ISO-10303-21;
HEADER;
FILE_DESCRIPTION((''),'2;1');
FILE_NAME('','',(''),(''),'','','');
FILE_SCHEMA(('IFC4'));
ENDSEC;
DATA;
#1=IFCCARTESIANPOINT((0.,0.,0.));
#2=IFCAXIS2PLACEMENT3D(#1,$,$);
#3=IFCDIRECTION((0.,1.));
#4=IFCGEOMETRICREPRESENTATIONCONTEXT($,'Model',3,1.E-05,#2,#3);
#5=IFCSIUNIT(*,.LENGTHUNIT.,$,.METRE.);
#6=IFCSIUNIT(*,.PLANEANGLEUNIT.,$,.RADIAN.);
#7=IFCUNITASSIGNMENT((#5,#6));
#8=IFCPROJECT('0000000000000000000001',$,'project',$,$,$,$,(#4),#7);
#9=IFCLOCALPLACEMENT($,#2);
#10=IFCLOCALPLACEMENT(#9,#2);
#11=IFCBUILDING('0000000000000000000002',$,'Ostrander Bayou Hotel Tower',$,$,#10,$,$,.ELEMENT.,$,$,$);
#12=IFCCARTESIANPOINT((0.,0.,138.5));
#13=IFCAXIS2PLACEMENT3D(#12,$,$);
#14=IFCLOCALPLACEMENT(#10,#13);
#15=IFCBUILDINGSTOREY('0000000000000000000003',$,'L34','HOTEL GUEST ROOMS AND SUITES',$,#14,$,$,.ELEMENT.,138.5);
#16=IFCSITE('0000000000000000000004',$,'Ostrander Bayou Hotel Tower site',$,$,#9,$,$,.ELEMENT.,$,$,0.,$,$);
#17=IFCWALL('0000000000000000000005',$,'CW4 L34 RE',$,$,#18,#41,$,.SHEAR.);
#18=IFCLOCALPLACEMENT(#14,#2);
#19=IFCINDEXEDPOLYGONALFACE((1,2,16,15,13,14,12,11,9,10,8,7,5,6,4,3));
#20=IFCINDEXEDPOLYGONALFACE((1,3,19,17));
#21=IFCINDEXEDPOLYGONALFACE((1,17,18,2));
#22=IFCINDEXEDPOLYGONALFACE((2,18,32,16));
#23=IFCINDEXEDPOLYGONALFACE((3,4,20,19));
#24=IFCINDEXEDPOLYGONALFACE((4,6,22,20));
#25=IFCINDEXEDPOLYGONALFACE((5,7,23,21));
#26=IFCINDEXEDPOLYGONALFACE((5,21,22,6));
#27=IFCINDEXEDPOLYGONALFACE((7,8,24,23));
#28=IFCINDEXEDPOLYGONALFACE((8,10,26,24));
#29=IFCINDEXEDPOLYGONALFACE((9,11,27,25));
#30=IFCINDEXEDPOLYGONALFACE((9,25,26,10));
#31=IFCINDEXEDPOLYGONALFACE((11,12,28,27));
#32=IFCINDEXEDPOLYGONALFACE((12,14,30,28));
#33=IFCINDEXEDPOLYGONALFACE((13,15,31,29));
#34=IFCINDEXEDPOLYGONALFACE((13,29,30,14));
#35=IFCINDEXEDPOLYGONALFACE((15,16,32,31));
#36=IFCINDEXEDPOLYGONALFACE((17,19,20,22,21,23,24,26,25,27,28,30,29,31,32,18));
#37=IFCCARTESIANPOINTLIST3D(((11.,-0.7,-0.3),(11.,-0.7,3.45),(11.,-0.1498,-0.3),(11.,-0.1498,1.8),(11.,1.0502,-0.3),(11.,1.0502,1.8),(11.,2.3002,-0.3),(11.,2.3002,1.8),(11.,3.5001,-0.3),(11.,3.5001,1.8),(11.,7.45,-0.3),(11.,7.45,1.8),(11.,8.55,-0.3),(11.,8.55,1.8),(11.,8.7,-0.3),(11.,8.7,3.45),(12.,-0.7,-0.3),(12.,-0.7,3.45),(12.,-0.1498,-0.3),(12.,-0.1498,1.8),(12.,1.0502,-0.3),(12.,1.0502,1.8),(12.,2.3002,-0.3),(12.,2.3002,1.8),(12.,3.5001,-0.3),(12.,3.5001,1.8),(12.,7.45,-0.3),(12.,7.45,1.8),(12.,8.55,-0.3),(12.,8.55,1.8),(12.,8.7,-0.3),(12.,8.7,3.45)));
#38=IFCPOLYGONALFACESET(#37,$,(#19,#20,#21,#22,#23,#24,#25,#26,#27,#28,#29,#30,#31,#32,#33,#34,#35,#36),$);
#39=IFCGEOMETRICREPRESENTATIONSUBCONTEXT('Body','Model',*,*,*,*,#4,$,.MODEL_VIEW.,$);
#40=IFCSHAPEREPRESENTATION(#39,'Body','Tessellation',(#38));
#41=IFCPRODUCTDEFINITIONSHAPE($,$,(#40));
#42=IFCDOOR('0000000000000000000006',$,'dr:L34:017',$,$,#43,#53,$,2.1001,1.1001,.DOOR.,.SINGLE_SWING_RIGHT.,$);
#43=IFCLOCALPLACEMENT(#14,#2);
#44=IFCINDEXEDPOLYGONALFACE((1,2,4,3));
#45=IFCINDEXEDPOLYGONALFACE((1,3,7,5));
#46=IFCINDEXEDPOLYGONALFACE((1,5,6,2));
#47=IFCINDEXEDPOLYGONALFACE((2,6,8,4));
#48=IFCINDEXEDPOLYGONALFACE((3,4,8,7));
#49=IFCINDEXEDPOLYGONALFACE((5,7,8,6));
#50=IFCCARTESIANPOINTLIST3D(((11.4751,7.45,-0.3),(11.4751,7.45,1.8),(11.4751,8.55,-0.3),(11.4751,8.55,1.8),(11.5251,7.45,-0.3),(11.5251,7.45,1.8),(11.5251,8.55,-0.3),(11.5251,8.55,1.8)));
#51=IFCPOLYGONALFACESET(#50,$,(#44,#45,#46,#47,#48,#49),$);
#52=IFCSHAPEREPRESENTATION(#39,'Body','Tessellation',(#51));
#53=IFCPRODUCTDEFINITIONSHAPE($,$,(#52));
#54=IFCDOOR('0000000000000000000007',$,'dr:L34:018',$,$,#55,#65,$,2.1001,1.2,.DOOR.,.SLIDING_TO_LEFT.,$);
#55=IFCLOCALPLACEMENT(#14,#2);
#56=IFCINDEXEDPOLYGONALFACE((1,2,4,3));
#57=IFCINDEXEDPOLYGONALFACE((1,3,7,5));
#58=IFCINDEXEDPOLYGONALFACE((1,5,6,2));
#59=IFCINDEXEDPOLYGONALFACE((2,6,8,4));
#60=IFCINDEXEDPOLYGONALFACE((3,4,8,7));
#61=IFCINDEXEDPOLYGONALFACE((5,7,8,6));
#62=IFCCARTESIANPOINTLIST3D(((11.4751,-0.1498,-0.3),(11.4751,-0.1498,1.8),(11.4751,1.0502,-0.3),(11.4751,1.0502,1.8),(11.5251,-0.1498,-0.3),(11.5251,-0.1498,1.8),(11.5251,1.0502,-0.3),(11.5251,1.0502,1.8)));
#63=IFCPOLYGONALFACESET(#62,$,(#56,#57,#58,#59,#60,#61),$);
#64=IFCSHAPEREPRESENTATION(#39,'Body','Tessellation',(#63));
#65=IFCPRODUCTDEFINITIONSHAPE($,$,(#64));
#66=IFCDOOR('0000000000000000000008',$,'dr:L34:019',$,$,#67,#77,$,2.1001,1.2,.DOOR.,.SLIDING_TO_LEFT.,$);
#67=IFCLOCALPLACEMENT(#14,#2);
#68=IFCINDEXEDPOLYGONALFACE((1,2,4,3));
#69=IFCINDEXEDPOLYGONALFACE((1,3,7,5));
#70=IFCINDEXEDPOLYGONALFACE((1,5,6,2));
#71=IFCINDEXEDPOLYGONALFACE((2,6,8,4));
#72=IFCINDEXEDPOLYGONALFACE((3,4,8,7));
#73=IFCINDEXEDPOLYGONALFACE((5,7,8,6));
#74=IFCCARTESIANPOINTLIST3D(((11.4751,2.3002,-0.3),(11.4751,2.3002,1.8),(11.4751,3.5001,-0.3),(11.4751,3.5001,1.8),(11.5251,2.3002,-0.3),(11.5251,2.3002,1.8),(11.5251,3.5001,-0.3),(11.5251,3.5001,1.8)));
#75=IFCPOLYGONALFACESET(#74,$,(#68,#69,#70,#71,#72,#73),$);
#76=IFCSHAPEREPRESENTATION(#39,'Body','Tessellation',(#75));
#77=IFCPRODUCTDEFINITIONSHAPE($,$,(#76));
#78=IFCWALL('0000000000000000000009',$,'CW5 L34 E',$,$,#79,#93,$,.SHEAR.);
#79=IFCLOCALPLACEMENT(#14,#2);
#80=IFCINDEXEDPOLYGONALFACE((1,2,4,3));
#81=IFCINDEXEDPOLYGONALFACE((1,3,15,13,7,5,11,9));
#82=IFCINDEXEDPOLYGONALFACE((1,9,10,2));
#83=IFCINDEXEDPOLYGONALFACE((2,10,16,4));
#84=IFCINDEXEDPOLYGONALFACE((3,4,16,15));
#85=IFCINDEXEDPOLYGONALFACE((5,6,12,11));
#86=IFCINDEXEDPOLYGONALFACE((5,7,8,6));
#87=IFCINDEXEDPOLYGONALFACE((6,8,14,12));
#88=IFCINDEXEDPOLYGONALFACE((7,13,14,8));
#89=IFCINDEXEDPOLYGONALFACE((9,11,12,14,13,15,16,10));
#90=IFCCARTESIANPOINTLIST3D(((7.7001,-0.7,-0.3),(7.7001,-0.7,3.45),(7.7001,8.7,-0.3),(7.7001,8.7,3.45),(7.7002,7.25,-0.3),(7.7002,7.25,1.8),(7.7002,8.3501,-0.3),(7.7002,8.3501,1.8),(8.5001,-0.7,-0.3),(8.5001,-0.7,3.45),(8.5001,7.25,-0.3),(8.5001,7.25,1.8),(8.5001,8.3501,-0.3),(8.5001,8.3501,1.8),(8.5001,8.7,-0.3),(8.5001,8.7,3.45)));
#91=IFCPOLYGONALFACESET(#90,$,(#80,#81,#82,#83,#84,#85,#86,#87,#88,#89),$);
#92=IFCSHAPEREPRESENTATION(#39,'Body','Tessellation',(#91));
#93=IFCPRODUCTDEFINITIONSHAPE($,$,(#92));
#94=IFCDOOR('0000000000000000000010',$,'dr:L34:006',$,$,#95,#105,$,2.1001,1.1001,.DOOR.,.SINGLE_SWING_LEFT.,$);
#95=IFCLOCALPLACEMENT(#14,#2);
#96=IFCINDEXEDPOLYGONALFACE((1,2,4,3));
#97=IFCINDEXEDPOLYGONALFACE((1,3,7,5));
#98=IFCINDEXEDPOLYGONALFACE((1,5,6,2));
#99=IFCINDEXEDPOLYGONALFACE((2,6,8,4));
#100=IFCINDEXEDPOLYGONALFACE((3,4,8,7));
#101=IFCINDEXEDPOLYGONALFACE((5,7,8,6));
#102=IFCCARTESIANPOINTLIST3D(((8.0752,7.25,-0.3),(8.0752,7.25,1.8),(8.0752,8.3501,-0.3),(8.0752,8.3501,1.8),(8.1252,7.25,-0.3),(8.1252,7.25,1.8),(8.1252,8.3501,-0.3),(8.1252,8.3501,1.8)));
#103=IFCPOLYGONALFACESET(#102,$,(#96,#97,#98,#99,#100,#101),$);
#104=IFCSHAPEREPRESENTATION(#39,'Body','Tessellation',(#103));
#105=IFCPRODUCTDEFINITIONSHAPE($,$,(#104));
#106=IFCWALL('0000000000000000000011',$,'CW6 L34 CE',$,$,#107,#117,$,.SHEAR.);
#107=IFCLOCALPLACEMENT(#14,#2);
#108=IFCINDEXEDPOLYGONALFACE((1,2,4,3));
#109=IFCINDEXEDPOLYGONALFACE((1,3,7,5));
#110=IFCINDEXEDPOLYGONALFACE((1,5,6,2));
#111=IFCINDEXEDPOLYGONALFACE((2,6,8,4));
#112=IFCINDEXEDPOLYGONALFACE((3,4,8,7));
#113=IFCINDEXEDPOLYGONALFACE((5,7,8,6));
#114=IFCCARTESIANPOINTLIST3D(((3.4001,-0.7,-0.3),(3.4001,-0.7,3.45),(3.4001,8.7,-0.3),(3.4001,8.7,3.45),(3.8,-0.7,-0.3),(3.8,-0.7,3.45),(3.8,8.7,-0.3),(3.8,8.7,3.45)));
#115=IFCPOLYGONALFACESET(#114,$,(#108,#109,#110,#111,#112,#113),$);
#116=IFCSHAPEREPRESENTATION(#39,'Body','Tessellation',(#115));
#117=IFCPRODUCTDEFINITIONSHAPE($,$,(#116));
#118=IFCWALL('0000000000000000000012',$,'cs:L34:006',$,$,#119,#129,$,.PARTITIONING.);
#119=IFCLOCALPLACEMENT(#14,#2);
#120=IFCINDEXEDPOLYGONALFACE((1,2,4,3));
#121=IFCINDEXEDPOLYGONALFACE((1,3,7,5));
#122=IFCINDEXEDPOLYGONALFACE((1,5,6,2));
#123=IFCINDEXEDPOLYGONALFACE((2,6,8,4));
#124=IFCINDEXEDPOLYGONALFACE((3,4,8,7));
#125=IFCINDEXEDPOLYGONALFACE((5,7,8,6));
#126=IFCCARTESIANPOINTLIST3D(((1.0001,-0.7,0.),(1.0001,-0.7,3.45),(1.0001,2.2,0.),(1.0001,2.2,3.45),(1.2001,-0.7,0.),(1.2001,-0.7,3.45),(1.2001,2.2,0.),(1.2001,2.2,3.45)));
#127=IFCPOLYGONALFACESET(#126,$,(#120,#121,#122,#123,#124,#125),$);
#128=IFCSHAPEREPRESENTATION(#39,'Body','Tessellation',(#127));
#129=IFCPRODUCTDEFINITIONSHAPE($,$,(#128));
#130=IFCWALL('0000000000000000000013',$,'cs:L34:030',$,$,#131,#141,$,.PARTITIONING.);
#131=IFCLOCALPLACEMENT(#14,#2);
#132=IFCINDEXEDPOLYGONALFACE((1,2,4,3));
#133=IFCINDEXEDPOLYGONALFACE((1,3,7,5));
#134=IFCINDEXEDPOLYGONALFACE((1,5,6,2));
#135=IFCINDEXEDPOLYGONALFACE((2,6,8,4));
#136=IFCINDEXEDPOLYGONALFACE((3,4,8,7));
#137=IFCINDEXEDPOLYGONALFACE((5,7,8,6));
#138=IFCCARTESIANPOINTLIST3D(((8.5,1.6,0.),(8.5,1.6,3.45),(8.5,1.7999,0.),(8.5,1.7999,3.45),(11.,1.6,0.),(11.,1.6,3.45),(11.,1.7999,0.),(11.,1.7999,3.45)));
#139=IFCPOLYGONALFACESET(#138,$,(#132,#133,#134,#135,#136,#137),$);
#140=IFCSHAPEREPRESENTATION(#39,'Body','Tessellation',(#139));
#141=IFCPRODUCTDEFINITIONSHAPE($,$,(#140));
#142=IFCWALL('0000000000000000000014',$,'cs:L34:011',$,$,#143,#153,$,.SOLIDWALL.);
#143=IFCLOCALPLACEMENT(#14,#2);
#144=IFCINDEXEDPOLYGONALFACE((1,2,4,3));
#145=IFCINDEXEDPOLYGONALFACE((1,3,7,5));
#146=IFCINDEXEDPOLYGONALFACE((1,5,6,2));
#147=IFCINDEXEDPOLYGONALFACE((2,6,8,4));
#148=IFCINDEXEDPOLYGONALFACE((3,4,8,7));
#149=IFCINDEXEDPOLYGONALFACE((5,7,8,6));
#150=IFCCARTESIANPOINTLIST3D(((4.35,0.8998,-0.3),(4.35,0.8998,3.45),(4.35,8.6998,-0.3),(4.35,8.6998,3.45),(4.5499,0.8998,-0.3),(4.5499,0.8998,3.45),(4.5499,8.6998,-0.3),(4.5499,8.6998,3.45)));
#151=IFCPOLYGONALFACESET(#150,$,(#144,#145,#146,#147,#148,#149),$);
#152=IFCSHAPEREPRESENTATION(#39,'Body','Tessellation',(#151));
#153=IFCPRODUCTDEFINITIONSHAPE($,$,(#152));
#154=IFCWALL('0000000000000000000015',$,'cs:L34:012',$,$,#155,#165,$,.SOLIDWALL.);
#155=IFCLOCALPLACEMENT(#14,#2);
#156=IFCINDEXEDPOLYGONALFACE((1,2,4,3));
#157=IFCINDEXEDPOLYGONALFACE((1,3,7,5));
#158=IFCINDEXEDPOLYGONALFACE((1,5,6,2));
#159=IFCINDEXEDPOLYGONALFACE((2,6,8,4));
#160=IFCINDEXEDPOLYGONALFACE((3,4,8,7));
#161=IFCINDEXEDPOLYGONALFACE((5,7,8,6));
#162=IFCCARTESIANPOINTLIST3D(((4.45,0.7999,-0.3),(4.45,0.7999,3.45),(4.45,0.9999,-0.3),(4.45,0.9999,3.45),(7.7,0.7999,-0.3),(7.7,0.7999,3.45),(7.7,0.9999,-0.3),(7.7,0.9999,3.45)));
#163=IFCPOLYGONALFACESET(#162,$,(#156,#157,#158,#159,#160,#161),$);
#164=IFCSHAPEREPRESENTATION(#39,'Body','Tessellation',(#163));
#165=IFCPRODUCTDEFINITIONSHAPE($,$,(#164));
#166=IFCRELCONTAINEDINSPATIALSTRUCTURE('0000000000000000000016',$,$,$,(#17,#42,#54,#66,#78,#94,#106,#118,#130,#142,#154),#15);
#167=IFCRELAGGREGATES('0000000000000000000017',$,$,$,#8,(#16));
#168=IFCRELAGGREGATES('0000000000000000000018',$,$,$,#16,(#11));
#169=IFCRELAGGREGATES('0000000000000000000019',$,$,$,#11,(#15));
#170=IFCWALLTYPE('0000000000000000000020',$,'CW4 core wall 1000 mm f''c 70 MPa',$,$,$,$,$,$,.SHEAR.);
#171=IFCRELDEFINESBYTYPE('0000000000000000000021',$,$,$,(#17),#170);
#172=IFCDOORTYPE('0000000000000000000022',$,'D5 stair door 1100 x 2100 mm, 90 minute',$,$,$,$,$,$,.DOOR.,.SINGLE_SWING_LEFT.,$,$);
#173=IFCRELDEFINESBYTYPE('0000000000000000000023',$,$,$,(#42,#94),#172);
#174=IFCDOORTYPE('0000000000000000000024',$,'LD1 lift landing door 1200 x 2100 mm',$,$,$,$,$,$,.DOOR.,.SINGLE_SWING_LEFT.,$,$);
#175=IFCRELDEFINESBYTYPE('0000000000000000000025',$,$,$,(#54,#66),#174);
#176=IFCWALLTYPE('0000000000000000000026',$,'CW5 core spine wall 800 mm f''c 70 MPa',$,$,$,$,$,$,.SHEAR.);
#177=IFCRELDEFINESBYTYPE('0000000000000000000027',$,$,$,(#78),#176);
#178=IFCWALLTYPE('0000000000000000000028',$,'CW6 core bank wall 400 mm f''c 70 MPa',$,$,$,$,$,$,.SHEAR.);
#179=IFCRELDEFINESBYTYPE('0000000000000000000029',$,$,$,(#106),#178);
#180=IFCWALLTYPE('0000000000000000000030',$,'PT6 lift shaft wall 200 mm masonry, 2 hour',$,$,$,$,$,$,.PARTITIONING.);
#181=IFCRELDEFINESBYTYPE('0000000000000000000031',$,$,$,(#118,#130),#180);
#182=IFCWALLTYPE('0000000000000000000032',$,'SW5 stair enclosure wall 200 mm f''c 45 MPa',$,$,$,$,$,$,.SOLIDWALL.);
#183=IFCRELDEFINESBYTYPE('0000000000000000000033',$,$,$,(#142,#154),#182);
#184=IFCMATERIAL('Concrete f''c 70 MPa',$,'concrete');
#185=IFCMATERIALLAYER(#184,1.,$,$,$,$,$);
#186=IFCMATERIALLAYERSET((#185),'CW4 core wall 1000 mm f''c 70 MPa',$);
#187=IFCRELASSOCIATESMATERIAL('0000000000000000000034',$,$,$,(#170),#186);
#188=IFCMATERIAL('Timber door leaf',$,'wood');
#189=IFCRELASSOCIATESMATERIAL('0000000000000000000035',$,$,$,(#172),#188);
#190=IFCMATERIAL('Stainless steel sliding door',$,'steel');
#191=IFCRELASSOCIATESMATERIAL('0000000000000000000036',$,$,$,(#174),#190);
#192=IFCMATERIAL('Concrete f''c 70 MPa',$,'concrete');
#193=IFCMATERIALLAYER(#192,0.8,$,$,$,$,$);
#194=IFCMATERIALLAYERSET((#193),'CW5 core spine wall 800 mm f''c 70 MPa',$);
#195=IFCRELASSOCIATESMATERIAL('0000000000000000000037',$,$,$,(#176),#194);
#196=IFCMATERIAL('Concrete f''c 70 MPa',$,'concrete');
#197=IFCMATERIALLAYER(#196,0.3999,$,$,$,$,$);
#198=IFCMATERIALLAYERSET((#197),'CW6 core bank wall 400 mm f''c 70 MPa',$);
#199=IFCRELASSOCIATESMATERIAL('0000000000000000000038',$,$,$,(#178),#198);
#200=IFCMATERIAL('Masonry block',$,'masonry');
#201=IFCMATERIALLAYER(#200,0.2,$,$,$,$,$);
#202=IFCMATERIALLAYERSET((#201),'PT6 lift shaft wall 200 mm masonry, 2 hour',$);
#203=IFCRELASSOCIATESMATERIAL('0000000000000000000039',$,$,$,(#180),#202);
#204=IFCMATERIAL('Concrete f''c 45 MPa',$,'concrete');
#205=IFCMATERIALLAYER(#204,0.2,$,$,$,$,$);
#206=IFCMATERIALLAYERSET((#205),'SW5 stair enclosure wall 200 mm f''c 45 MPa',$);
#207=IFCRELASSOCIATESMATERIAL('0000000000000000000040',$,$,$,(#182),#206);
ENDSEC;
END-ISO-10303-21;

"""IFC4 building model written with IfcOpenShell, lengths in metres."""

from ifc_helpers import new_model, si_unit, direction, frame, frame_2d, origin, place, context, subcontext, project, spatial, rectangle, extrude, material, layer, layer_set, type_object, element, fill, save


model = new_model("IFC4")

# Units and contexts
model_context = context("Model", 3, precision=1e-05, world=origin(), true_north=direction((0.0, 1.0)))
body_context = subcontext(model_context, "Body", "Model", "MODEL_VIEW")
ifc_project = project(units=[si_unit("LENGTHUNIT", "METRE"), si_unit("PLANEANGLEUNIT", "RADIAN")], contexts=[model_context])

# Site, building, storey
site_placement = place(None, origin())
site = spatial("IfcSite", under=ifc_project, at=site_placement, Name="Ostrander Bayou Hotel Tower site", CompositionType="ELEMENT", RefElevation=0.0)
building_placement = place(site_placement, origin())
building = spatial("IfcBuilding", under=site, at=building_placement, Name="Ostrander Bayou Hotel Tower", CompositionType="ELEMENT")
storey_placement = place(building_placement, frame((0.0, 0.0, 138.5)))
storey = spatial("IfcBuildingStorey", under=building, at=storey_placement, Name="L34", Description="HOTEL GUEST ROOMS AND SUITES", CompositionType="ELEMENT", Elevation=138.5)

# Wall, openings, doors
ifc_material_1 = material(Name="Concrete f'c 70 MPa", Category="concrete")
ifc_layer_1 = layer(ifc_material_1, 1.0)
ifc_layer_set_1 = layer_set([ifc_layer_1], Name="CW4 core wall 1000 mm f'c 70 MPa")
wall_type_1 = type_object("IfcWallType", Name="CW4 core wall 1000 mm f'c 70 MPa", PredefinedType="SHEAR", material=ifc_layer_set_1)
wall_1_placement = place(storey_placement, frame((11.5, -0.7, -0.3), z_axis=(0.0, 0.0, 1.0), x_axis=(0.0, 1.0, 0.0)))
wall_1 = element("IfcWall", 1, at=wall_1_placement, inside=storey, type_object=wall_type_1, Name="CW4 L34 RE", PredefinedType="SHEAR", context=body_context, shape_type="SweptSolid", body=[
    extrude(rectangle(XDim=9.3999, YDim=1.0, at=frame_2d((4.7, 0.0))), origin(), (0.0, 0.0, 1.0), 3.75),
])
opening_1_placement = place(wall_1_placement, frame((8.1499, 0.0, 0.0)))
opening_1 = element("IfcOpeningElement", 2, at=opening_1_placement, cuts=wall_1, PredefinedType="OPENING", context=body_context, shape_type="SweptSolid", body=[
    extrude(rectangle(XDim=1.1001, YDim=2.1001, at=frame_2d((0.55, 1.05))), frame((0.0, 0.5, 0.0), z_axis=(0.0, -1.0, 0.0), x_axis=(1.0, 0.0, 0.0)), (0.0, 0.0, 1.0), 1.0),
])
opening_2_placement = place(wall_1_placement, frame((0.55, 0.0, 0.0)))
opening_2 = element("IfcOpeningElement", 3, at=opening_2_placement, cuts=wall_1, PredefinedType="OPENING", context=body_context, shape_type="SweptSolid", body=[
    extrude(rectangle(XDim=1.2, YDim=2.1001, at=frame_2d((0.6001, 1.05))), frame((0.0, 0.5, 0.0), z_axis=(0.0, -1.0, 0.0), x_axis=(1.0, 0.0, 0.0)), (0.0, 0.0, 1.0), 1.0),
])
opening_3_placement = place(wall_1_placement, frame((3.0, 0.0, 0.0)))
opening_3 = element("IfcOpeningElement", 4, at=opening_3_placement, cuts=wall_1, PredefinedType="OPENING", context=body_context, shape_type="SweptSolid", body=[
    extrude(rectangle(XDim=1.2, YDim=2.1001, at=frame_2d((0.6001, 1.05))), frame((0.0, 0.5, 0.0), z_axis=(0.0, -1.0, 0.0), x_axis=(1.0, 0.0, 0.0)), (0.0, 0.0, 1.0), 1.0),
])
ifc_material_2 = material(Name="Timber door leaf", Category="wood")
door_type_1 = type_object("IfcDoorType", Name="D5 stair door 1100 x 2100 mm, 90 minute", OperationType="SINGLE_SWING_LEFT", PredefinedType="DOOR", material=ifc_material_2)
door_1_placement = place(opening_1_placement, origin())
door_1 = element("IfcDoor", 5, at=door_1_placement, inside=storey, type_object=door_type_1, Name="dr:L34:017", OperationType="SINGLE_SWING_RIGHT", OverallHeight=2.1001, OverallWidth=1.1001, PredefinedType="DOOR", context=body_context, shape_type="SweptSolid", body=[
    extrude(rectangle(XDim=1.1001, YDim=2.1001, at=frame_2d((0.55, 1.05))), frame((0.0, 0.0249, 0.0), z_axis=(0.0, -1.0, 0.0), x_axis=(1.0, 0.0, 0.0)), (0.0, 0.0, 1.0), 0.05),
])
fill(opening_1, door_1)
ifc_material_3 = material(Name="Stainless steel sliding door", Category="steel")
door_type_2 = type_object("IfcDoorType", Name="LD1 lift landing door 1200 x 2100 mm", OperationType="SINGLE_SWING_LEFT", PredefinedType="DOOR", material=ifc_material_3)
door_2_placement = place(opening_2_placement, origin())
door_2 = element("IfcDoor", 6, at=door_2_placement, inside=storey, type_object=door_type_2, Name="dr:L34:018", OperationType="SLIDING_TO_LEFT", OverallHeight=2.1001, OverallWidth=1.2, PredefinedType="DOOR", context=body_context, shape_type="SweptSolid", body=[
    extrude(rectangle(XDim=1.2, YDim=2.1001, at=frame_2d((0.6001, 1.05))), frame((0.0, 0.0249, 0.0), z_axis=(0.0, -1.0, 0.0), x_axis=(1.0, 0.0, 0.0)), (0.0, 0.0, 1.0), 0.05),
])
fill(opening_2, door_2)
door_3_placement = place(opening_3_placement, origin())
door_3 = element("IfcDoor", 7, at=door_3_placement, inside=storey, type_object=door_type_2, Name="dr:L34:019", OperationType="SLIDING_TO_LEFT", OverallHeight=2.1001, OverallWidth=1.2, PredefinedType="DOOR", context=body_context, shape_type="SweptSolid", body=[
    extrude(rectangle(XDim=1.2, YDim=2.1001, at=frame_2d((0.6001, 1.05))), frame((0.0, 0.0249, 0.0), z_axis=(0.0, -1.0, 0.0), x_axis=(1.0, 0.0, 0.0)), (0.0, 0.0, 1.0), 0.05),
])
fill(opening_3, door_3)

# Wall, opening, door
ifc_material_4 = material(Name="Concrete f'c 70 MPa", Category="concrete")
ifc_layer_2 = layer(ifc_material_4, 0.8)
ifc_layer_set_2 = layer_set([ifc_layer_2], Name="CW5 core spine wall 800 mm f'c 70 MPa")
wall_type_2 = type_object("IfcWallType", Name="CW5 core spine wall 800 mm f'c 70 MPa", PredefinedType="SHEAR", material=ifc_layer_set_2)
wall_2_placement = place(storey_placement, frame((8.1001, -0.7, -0.3), z_axis=(0.0, 0.0, 1.0), x_axis=(0.0, 1.0, 0.0)))
wall_2 = element("IfcWall", 8, at=wall_2_placement, inside=storey, type_object=wall_type_2, Name="CW5 L34 E", PredefinedType="SHEAR", context=body_context, shape_type="SweptSolid", body=[
    extrude(rectangle(XDim=9.3999, YDim=0.8, at=frame_2d((4.7, 0.0))), origin(), (0.0, 0.0, 1.0), 3.75),
])
opening_4_placement = place(wall_2_placement, frame((7.95, 0.0, 0.0)))
opening_4 = element("IfcOpeningElement", 9, at=opening_4_placement, cuts=wall_2, PredefinedType="OPENING", context=body_context, shape_type="SweptSolid", body=[
    extrude(rectangle(XDim=1.1001, YDim=2.1001, at=frame_2d((0.55, 1.05))), frame((0.0, 0.3999, 0.0), z_axis=(0.0, -1.0, 0.0), x_axis=(1.0, 0.0, 0.0)), (0.0, 0.0, 1.0), 0.8),
])
door_4_placement = place(opening_4_placement, origin())
door_4 = element("IfcDoor", 10, at=door_4_placement, inside=storey, type_object=door_type_1, Name="dr:L34:006", OperationType="SINGLE_SWING_LEFT", OverallHeight=2.1001, OverallWidth=1.1001, PredefinedType="DOOR", context=body_context, shape_type="SweptSolid", body=[
    extrude(rectangle(XDim=1.1001, YDim=2.1001, at=frame_2d((0.55, 1.05))), frame((0.0, 0.0249, 0.0), z_axis=(0.0, -1.0, 0.0), x_axis=(1.0, 0.0, 0.0)), (0.0, 0.0, 1.0), 0.05),
])
fill(opening_4, door_4)

# Walls
ifc_material_5 = material(Name="Concrete f'c 70 MPa", Category="concrete")
ifc_layer_3 = layer(ifc_material_5, 0.3999)
ifc_layer_set_3 = layer_set([ifc_layer_3], Name="CW6 core bank wall 400 mm f'c 70 MPa")
wall_type_3 = type_object("IfcWallType", Name="CW6 core bank wall 400 mm f'c 70 MPa", PredefinedType="SHEAR", material=ifc_layer_set_3)
wall_3_placement = place(storey_placement, frame((3.6001, -0.7, -0.3), z_axis=(0.0, 0.0, 1.0), x_axis=(0.0, 1.0, 0.0)))
element("IfcWall", 11, at=wall_3_placement, inside=storey, type_object=wall_type_3, Name="CW6 L34 CE", PredefinedType="SHEAR", context=body_context, shape_type="SweptSolid", body=[
    extrude(rectangle(XDim=9.3999, YDim=0.3999, at=frame_2d((4.7, 0.0))), origin(), (0.0, 0.0, 1.0), 3.75),
])
ifc_material_6 = material(Name="Masonry block", Category="masonry")
ifc_layer_4 = layer(ifc_material_6, 0.2)
ifc_layer_set_4 = layer_set([ifc_layer_4], Name="PT6 lift shaft wall 200 mm masonry, 2 hour")
wall_type_4 = type_object("IfcWallType", Name="PT6 lift shaft wall 200 mm masonry, 2 hour", PredefinedType="PARTITIONING", material=ifc_layer_set_4)
wall_4_placement = place(storey_placement, frame((1.1001, -0.7, 0.0), z_axis=(0.0, 0.0, 1.0), x_axis=(0.0, 1.0, 0.0)))
element("IfcWall", 12, at=wall_4_placement, inside=storey, type_object=wall_type_4, Name="cs:L34:006", PredefinedType="PARTITIONING", context=body_context, shape_type="SweptSolid", body=[
    extrude(rectangle(XDim=2.8999, YDim=0.2, at=frame_2d((1.45, 0.0))), origin(), (0.0, 0.0, 1.0), 3.45),
])
wall_5_placement = place(storey_placement, frame((8.5, 1.7, 0.0), z_axis=(0.0, 0.0, 1.0), x_axis=(1.0, 0.0, 0.0)))
element("IfcWall", 13, at=wall_5_placement, inside=storey, type_object=wall_type_4, Name="cs:L34:030", PredefinedType="PARTITIONING", context=body_context, shape_type="SweptSolid", body=[
    extrude(rectangle(XDim=2.5, YDim=0.2, at=frame_2d((1.25, 0.0))), origin(), (0.0, 0.0, 1.0), 3.45),
])
ifc_material_7 = material(Name="Concrete f'c 45 MPa", Category="concrete")
ifc_layer_5 = layer(ifc_material_7, 0.2)
ifc_layer_set_5 = layer_set([ifc_layer_5], Name="SW5 stair enclosure wall 200 mm f'c 45 MPa")
wall_type_5 = type_object("IfcWallType", Name="SW5 stair enclosure wall 200 mm f'c 45 MPa", PredefinedType="SOLIDWALL", material=ifc_layer_set_5)
wall_6_placement = place(storey_placement, frame((4.45, 0.8999, -0.3), z_axis=(0.0, 0.0, 1.0), x_axis=(0.0, 1.0, 0.0)))
element("IfcWall", 14, at=wall_6_placement, inside=storey, type_object=wall_type_5, Name="cs:L34:011", PredefinedType="SOLIDWALL", context=body_context, shape_type="SweptSolid", body=[
    extrude(rectangle(XDim=7.8, YDim=0.2, at=frame_2d((3.8999, 0.0))), origin(), (0.0, 0.0, 1.0), 3.75),
])
wall_7_placement = place(storey_placement, frame((4.45, 0.8999, -0.3), z_axis=(0.0, 0.0, 1.0), x_axis=(1.0, 0.0, 0.0)))
element("IfcWall", 15, at=wall_7_placement, inside=storey, type_object=wall_type_5, Name="cs:L34:012", PredefinedType="SOLIDWALL", context=body_context, shape_type="SweptSolid", body=[
    extrude(rectangle(XDim=3.25, YDim=0.2, at=frame_2d((1.625, 0.0))), origin(), (0.0, 0.0, 1.0), 3.75),
])

save(model, "model.ifc")
